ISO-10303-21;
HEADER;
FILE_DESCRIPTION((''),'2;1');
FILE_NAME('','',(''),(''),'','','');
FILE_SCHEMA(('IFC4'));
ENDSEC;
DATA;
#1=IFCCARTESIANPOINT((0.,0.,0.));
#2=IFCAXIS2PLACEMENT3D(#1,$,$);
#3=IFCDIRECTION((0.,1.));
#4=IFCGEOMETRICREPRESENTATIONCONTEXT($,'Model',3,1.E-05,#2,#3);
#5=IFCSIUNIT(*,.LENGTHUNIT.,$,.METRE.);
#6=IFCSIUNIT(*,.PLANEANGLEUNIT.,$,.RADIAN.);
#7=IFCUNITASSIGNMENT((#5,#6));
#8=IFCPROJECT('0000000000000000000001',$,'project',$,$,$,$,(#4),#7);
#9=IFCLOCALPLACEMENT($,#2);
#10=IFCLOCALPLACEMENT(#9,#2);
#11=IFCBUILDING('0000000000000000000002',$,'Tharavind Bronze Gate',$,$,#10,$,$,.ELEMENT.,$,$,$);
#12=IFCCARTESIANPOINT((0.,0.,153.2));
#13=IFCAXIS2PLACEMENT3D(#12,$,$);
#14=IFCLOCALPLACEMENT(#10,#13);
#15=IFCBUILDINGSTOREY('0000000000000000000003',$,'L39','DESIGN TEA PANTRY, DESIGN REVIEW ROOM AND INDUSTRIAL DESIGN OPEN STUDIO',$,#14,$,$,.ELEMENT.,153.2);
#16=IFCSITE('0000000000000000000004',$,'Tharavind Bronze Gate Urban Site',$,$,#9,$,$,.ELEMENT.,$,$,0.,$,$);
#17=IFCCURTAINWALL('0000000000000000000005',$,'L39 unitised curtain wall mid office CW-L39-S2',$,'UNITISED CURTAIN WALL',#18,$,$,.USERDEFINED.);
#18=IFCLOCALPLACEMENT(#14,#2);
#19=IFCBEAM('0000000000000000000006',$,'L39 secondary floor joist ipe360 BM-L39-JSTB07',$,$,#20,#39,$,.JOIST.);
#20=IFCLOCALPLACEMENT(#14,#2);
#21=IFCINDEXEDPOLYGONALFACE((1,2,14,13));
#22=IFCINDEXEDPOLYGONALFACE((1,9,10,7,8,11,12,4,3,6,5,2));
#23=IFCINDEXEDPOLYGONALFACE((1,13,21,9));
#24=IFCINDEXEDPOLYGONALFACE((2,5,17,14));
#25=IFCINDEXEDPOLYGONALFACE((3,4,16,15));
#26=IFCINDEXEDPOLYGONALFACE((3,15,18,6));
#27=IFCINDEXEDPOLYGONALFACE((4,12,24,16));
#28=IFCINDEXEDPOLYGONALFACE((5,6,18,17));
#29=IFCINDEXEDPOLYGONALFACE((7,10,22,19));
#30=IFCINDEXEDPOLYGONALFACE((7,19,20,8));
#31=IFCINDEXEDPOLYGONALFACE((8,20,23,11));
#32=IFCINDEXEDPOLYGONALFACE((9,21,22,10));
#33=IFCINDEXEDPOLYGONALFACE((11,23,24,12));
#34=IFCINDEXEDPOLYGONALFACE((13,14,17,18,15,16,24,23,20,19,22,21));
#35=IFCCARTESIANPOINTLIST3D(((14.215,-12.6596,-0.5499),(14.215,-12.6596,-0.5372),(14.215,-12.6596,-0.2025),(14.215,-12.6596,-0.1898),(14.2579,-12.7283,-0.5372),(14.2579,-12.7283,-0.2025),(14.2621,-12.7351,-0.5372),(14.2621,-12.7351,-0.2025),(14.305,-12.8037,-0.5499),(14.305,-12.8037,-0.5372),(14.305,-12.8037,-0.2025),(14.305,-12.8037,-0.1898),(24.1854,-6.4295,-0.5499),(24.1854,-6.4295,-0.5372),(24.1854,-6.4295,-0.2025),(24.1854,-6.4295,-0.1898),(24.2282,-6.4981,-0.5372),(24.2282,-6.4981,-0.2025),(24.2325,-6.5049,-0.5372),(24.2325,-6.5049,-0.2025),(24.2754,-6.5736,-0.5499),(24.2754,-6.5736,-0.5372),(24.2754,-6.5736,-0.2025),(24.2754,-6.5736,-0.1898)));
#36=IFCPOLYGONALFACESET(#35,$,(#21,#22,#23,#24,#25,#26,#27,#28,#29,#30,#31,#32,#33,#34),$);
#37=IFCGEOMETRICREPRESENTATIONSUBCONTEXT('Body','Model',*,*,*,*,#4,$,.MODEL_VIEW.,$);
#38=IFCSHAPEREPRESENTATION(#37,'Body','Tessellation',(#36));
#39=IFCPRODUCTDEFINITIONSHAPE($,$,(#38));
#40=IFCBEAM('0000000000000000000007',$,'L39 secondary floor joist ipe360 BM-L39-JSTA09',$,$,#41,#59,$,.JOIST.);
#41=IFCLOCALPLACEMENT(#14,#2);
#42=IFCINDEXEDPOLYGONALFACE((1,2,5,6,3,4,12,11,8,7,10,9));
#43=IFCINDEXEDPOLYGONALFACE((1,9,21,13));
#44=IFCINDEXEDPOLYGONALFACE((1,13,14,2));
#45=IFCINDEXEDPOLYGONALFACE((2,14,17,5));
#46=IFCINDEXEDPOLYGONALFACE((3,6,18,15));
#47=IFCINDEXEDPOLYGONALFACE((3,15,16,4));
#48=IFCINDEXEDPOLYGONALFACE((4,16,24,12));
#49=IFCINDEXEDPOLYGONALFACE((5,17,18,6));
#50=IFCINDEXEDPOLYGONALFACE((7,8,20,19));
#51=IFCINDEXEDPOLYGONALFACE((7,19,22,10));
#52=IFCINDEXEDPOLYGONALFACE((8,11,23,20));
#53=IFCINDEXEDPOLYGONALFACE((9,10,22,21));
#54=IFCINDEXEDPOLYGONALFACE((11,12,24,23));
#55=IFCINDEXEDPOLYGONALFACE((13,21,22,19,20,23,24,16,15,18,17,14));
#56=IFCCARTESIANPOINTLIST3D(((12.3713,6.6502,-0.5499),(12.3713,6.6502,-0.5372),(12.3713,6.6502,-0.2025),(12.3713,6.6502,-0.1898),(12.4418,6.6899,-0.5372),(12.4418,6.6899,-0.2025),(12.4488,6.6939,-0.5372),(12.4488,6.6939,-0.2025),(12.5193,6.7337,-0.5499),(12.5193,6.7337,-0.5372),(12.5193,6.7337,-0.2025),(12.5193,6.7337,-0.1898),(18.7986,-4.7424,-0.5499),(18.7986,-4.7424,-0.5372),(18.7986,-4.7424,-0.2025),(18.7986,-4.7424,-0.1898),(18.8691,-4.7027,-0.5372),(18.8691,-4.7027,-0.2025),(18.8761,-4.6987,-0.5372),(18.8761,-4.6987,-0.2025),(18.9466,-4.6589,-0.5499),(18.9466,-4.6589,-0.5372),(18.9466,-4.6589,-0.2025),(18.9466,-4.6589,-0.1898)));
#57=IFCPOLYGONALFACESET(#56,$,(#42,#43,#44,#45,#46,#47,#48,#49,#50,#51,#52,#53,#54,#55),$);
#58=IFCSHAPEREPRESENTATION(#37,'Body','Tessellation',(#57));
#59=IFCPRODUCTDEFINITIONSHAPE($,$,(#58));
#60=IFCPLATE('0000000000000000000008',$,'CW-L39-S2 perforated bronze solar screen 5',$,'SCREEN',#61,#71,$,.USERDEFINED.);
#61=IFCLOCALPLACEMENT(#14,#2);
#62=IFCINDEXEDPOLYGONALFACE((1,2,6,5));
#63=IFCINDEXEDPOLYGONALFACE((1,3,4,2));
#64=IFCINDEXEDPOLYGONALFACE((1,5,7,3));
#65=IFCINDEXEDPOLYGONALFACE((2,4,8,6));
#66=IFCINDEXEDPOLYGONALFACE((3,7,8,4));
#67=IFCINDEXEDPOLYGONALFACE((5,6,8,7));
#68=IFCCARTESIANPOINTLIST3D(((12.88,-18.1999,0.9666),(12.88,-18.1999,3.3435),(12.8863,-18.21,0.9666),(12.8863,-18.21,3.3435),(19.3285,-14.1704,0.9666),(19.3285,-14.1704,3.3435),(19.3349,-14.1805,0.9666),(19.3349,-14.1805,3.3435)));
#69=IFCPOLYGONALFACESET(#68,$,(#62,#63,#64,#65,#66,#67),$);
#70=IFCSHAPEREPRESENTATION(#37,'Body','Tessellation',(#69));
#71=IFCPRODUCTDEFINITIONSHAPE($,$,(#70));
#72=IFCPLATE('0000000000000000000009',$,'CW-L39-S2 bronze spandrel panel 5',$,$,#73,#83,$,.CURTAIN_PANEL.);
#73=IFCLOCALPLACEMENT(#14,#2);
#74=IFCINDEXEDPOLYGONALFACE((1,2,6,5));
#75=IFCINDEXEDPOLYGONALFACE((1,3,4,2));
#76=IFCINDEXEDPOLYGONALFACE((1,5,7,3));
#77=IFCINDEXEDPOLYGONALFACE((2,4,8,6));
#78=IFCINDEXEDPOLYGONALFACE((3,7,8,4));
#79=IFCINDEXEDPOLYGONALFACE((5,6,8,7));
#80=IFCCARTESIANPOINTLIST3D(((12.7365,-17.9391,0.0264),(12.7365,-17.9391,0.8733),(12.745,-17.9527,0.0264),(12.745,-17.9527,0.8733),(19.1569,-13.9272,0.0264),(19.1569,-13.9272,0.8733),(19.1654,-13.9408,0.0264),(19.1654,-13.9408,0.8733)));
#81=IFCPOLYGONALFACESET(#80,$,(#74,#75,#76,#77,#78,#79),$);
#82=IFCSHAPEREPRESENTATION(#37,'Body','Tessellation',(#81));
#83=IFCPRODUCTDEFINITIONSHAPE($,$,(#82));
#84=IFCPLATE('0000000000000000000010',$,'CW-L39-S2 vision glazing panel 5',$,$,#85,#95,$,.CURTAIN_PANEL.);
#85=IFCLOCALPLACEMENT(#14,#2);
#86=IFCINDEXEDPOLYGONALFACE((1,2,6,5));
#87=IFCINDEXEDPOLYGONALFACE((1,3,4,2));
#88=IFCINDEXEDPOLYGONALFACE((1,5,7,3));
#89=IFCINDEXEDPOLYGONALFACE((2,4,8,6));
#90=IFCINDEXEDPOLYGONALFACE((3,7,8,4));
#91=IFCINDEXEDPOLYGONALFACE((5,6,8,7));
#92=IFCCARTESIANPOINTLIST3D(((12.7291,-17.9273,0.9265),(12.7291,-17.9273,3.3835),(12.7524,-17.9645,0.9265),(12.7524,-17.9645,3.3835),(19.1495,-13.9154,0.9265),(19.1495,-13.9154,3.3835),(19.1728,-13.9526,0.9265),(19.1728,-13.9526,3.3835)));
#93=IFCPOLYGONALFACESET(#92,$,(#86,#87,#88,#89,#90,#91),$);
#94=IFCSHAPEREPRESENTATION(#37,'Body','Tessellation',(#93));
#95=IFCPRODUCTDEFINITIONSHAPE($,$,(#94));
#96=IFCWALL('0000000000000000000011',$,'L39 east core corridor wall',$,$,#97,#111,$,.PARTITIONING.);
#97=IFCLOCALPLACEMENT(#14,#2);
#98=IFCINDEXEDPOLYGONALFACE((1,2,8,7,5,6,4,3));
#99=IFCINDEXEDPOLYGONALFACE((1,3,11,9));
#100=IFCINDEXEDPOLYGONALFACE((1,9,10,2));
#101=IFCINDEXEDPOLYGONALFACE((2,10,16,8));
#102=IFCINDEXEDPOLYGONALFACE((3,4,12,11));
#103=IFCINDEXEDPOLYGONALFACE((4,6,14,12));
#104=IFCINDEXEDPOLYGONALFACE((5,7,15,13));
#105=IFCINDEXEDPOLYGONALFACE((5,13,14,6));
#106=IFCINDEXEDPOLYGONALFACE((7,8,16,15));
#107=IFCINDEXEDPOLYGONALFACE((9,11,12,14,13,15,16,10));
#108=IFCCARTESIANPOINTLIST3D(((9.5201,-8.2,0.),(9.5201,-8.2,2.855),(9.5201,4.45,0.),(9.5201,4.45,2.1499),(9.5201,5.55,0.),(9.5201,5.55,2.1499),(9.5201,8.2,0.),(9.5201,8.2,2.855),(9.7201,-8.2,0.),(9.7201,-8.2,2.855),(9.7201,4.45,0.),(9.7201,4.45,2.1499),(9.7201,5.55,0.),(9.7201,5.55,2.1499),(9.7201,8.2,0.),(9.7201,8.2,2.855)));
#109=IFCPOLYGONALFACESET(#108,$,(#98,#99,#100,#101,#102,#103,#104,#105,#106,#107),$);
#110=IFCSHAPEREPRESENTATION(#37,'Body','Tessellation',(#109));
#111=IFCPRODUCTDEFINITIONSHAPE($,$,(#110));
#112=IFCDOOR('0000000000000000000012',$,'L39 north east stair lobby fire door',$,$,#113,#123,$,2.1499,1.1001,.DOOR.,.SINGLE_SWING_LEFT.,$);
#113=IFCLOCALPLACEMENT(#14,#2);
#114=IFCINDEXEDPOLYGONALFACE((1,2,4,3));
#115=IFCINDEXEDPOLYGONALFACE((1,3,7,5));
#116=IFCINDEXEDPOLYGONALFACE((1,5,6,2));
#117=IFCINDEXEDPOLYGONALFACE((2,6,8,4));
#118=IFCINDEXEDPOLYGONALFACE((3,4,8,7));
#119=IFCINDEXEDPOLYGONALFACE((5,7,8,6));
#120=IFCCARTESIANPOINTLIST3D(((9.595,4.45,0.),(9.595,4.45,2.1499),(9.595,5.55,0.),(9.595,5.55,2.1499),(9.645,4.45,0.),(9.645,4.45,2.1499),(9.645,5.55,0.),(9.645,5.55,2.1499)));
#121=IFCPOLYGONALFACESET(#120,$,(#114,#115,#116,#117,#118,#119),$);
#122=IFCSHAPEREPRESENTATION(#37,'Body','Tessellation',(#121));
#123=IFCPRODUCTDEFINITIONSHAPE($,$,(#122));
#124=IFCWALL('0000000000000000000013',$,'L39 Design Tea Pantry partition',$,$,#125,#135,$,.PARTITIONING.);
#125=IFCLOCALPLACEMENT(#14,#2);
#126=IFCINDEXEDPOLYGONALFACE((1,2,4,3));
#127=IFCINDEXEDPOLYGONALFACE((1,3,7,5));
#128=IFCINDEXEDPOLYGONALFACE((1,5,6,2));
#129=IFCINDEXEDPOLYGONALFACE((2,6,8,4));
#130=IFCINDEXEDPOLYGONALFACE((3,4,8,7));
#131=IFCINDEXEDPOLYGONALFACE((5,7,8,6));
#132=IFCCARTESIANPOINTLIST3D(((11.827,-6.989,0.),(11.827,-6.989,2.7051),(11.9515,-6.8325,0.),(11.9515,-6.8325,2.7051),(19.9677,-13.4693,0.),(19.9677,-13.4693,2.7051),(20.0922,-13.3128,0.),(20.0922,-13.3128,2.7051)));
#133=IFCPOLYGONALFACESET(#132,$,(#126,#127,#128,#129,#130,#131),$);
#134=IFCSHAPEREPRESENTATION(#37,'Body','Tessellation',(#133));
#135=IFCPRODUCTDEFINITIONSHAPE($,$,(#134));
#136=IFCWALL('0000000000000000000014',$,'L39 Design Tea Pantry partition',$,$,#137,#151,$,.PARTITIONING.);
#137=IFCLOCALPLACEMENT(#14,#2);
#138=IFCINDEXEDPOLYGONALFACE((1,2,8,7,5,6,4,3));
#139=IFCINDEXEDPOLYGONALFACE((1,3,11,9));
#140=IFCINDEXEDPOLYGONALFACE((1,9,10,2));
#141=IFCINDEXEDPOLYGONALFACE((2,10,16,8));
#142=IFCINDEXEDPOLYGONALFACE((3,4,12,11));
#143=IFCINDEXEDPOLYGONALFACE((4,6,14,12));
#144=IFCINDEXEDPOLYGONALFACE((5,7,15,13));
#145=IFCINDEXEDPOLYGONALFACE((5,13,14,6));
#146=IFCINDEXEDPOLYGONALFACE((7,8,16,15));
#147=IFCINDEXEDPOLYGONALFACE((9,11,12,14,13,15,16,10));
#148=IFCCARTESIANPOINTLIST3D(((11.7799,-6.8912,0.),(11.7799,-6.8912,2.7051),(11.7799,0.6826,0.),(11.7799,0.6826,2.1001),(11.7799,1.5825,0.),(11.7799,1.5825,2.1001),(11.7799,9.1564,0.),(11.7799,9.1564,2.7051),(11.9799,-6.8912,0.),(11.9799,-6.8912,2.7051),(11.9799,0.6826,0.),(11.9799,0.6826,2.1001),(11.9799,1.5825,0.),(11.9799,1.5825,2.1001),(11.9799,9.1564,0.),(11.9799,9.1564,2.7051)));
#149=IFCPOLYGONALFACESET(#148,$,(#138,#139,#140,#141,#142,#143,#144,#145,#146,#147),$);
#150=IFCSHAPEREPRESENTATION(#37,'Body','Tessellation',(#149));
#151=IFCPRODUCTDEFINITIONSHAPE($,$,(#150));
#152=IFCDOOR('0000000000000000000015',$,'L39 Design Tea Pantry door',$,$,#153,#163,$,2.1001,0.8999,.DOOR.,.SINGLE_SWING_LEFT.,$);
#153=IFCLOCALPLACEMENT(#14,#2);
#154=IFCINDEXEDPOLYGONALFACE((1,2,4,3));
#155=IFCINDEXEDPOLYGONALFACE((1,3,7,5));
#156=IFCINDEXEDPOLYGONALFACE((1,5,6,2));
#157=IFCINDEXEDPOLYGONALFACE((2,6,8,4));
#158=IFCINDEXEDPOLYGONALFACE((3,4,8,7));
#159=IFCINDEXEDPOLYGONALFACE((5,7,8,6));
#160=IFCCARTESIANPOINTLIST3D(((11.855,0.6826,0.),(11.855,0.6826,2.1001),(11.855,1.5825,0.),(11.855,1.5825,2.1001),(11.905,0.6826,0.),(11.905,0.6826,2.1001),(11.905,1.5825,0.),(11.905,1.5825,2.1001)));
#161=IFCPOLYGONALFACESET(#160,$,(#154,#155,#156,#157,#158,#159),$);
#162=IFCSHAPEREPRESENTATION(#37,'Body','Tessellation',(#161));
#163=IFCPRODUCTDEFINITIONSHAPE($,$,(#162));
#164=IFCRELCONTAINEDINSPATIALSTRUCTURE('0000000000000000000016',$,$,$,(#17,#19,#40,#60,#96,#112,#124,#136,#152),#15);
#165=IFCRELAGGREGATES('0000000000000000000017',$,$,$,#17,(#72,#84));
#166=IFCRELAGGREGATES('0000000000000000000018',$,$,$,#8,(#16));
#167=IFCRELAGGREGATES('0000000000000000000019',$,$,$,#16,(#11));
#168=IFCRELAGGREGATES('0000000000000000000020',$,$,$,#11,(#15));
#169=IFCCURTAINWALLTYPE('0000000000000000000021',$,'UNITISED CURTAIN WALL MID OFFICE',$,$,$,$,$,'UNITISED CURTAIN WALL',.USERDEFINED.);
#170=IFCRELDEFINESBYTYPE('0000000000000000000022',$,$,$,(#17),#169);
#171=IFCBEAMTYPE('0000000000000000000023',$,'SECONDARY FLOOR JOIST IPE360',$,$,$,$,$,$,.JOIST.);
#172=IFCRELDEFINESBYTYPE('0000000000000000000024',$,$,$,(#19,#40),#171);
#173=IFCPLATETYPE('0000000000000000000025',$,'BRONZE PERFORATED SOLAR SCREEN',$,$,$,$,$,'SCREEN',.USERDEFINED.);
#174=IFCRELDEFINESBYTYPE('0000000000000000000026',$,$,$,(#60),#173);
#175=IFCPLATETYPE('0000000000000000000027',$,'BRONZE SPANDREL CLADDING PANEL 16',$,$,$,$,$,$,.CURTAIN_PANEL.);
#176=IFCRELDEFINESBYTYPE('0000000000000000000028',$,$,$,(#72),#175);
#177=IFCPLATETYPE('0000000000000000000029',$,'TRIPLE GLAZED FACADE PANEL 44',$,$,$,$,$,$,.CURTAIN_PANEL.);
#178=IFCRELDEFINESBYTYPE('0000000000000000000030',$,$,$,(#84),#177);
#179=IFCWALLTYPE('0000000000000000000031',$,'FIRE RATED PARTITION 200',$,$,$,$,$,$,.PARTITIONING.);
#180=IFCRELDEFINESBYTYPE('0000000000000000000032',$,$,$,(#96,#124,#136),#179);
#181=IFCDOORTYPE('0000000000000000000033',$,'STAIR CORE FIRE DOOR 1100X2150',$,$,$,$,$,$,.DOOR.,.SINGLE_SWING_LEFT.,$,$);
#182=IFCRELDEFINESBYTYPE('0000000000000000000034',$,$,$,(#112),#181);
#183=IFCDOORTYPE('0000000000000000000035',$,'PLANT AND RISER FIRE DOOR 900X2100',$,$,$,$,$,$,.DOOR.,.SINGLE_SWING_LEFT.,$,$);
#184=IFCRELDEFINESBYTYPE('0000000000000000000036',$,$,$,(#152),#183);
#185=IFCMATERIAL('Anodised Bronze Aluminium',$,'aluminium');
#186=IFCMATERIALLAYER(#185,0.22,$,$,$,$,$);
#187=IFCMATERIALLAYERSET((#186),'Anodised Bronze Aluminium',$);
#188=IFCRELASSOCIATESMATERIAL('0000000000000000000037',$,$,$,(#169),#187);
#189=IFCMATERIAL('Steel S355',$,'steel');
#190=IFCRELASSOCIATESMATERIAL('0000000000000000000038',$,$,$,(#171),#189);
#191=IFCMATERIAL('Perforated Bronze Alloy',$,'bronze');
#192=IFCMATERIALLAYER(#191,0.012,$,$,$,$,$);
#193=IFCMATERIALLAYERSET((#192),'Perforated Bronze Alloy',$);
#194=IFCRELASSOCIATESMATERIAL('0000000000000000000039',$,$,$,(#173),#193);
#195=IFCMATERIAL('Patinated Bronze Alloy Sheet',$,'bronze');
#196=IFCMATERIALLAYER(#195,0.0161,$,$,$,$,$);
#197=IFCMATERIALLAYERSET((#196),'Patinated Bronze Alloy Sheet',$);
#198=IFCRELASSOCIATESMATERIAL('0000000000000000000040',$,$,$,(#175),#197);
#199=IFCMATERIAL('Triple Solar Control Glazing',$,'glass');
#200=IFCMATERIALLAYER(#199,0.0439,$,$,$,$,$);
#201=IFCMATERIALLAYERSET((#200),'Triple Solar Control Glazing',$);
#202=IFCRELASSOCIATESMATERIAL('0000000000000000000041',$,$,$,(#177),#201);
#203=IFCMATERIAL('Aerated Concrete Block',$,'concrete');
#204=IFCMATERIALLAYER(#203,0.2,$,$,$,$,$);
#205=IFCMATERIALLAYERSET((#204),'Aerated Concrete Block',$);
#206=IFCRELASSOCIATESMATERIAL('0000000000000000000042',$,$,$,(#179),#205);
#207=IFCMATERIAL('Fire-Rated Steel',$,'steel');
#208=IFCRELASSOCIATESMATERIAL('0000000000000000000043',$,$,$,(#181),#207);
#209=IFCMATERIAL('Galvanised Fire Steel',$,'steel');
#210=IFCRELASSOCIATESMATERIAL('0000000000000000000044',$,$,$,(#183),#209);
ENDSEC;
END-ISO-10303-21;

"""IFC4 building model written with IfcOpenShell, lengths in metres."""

from ifc_helpers import new_model, si_unit, direction, frame, frame_2d, origin, origin_2d, place, context, subcontext, project, spatial, rectangle, i_section, extrude, material, layer, layer_set, material_profile, profile_set, type_object, element, fill, aggregate, save


model = new_model("IFC4")

# Units and contexts
model_context = context("Model", 3, precision=1e-05, world=origin(), true_north=direction((0.0, 1.0)))
body_context = subcontext(model_context, "Body", "Model", "MODEL_VIEW")
ifc_project = project(units=[si_unit("LENGTHUNIT", "METRE"), si_unit("PLANEANGLEUNIT", "RADIAN")], contexts=[model_context])

# Site, building, storey
site_placement = place(None, origin())
site = spatial("IfcSite", under=ifc_project, at=site_placement, Name="Tharavind Bronze Gate Urban Site", CompositionType="ELEMENT", RefElevation=0.0)
building_placement = place(site_placement, origin())
building = spatial("IfcBuilding", under=site, at=building_placement, Name="Tharavind Bronze Gate", CompositionType="ELEMENT")
storey_placement = place(building_placement, frame((0.0, 0.0, 153.2)))
storey = spatial("IfcBuildingStorey", under=building, at=storey_placement, Name="L39", Description="DESIGN TEA PANTRY, DESIGN REVIEW ROOM AND INDUSTRIAL DESIGN OPEN STUDIO", CompositionType="ELEMENT", Elevation=153.2)

# Curtain wall
ifc_material_1 = material(Name="Anodised Bronze Aluminium", Category="aluminium")
ifc_layer_1 = layer(ifc_material_1, 0.22)
ifc_layer_set_1 = layer_set([ifc_layer_1], Name="Anodised Bronze Aluminium")
curtain_wall_type = type_object("IfcCurtainWallType", Name="UNITISED CURTAIN WALL MID OFFICE", ElementType="UNITISED CURTAIN WALL", PredefinedType="USERDEFINED", material=ifc_layer_set_1)
curtain_wall_placement = place(storey_placement, origin())
curtain_wall = element("IfcCurtainWall", 1, at=curtain_wall_placement, inside=storey, type_object=curtain_wall_type, Name="L39 unitised curtain wall mid office CW-L39-S2", ObjectType="UNITISED CURTAIN WALL", PredefinedType="USERDEFINED")

# Beams
ifc_material_2 = material(Name="Steel S355", Category="steel")
ifc_material_profile_1 = material_profile(ifc_material_2, i_section(OverallWidth=0.1699, OverallDepth=0.3601, WebThickness=0.0081, FlangeThickness=0.0127, at=origin_2d()), Name="IPE360")
ifc_profile_set_1 = profile_set([ifc_material_profile_1], Name="Steel S355")
beam_type_1 = type_object("IfcBeamType", Name="SECONDARY FLOOR JOIST IPE360", PredefinedType="JOIST", material=ifc_profile_set_1)
beam_1_placement = place(storey_placement, frame((14.26, -12.7317, -0.3699), z_axis=(0.848048, 0.529919, 0.0), x_axis=(-0.529919, 0.848048, 0.0)))
element("IfcBeam", 2, at=beam_1_placement, inside=storey, type_object=beam_type_1, Name="L39 secondary floor joist ipe360 BM-L39-JSTB07", PredefinedType="JOIST", context=body_context, shape_type="SweptSolid", body=[
    extrude(i_section(OverallWidth=0.1699, OverallDepth=0.3601, WebThickness=0.0081, FlangeThickness=0.0127, at=origin_2d()), origin(), (0.0, 0.0, 1.0), 11.7568),
])
beam_2_placement = place(storey_placement, frame((18.8726, -4.7007, -0.3699), z_axis=(-0.49136, 0.870957, 0.0), x_axis=(-0.870957, -0.49136, 0.0)))
element("IfcBeam", 3, at=beam_2_placement, inside=storey, type_object=beam_type_1, Name="L39 secondary floor joist ipe360 BM-L39-JSTA09", PredefinedType="JOIST", context=body_context, shape_type="SweptSolid", body=[
    extrude(i_section(OverallWidth=0.1699, OverallDepth=0.3601, WebThickness=0.0081, FlangeThickness=0.0127, at=origin_2d()), origin(), (0.0, 0.0, 1.0), 13.0806),
])

# Plates
ifc_material_3 = material(Name="Perforated Bronze Alloy", Category="bronze")
ifc_layer_2 = layer(ifc_material_3, 0.012)
ifc_layer_set_2 = layer_set([ifc_layer_2], Name="Perforated Bronze Alloy")
plate_type_1 = type_object("IfcPlateType", Name="BRONZE PERFORATED SOLAR SCREEN", ElementType="SCREEN", PredefinedType="USERDEFINED", material=ifc_layer_set_2)
plate_1_placement = place(storey_placement, frame((16.1074, -16.1902, 0.9666), z_axis=(0.0, 0.0, 1.0), x_axis=(0.848048, 0.529919, 0.0)))
element("IfcPlate", 4, at=plate_1_placement, inside=storey, type_object=plate_type_1, Name="CW-L39-S2 perforated bronze solar screen 5", ObjectType="SCREEN", PredefinedType="USERDEFINED", context=body_context, shape_type="SweptSolid", body=[
    extrude(rectangle(XDim=7.604, YDim=0.012, at=origin_2d()), origin(), (0.0, 0.0, 1.0), 2.377),
])
ifc_material_4 = material(Name="Patinated Bronze Alloy Sheet", Category="bronze")
ifc_layer_3 = layer(ifc_material_4, 0.0161)
ifc_layer_set_3 = layer_set([ifc_layer_3], Name="Patinated Bronze Alloy Sheet")
plate_type_2 = type_object("IfcPlateType", Name="BRONZE SPANDREL CLADDING PANEL 16", PredefinedType="CURTAIN_PANEL", material=ifc_layer_set_3)
plate_2_placement = place(storey_placement, frame((15.9509, -15.9399, 0.0264), z_axis=(0.0, 0.0, 1.0), x_axis=(0.848048, 0.529919, 0.0)))
plate_2 = element("IfcPlate", 5, at=plate_2_placement, type_object=plate_type_2, Name="CW-L39-S2 bronze spandrel panel 5", PredefinedType="CURTAIN_PANEL", context=body_context, shape_type="SweptSolid", body=[
    extrude(rectangle(XDim=7.5708, YDim=0.0161, at=origin_2d()), origin(), (0.0, 0.0, 1.0), 0.8469),
])
ifc_material_5 = material(Name="Triple Solar Control Glazing", Category="glass")
ifc_layer_4 = layer(ifc_material_5, 0.0439)
ifc_layer_set_4 = layer_set([ifc_layer_4], Name="Triple Solar Control Glazing")
plate_type_3 = type_object("IfcPlateType", Name="TRIPLE GLAZED FACADE PANEL 44", PredefinedType="CURTAIN_PANEL", material=ifc_layer_set_4)
plate_3_placement = place(storey_placement, frame((15.9509, -15.9399, 0.9265), z_axis=(0.0, 0.0, 1.0), x_axis=(0.848048, 0.529919, 0.0)))
plate_3 = element("IfcPlate", 6, at=plate_3_placement, type_object=plate_type_3, Name="CW-L39-S2 vision glazing panel 5", PredefinedType="CURTAIN_PANEL", context=body_context, shape_type="SweptSolid", body=[
    extrude(rectangle(XDim=7.5708, YDim=0.0439, at=origin_2d()), origin(), (0.0, 0.0, 1.0), 2.457),
])
aggregate(curtain_wall, [plate_2, plate_3])

# Wall, opening, door
ifc_material_6 = material(Name="Aerated Concrete Block", Category="concrete")
ifc_layer_5 = layer(ifc_material_6, 0.2)
ifc_layer_set_5 = layer_set([ifc_layer_5], Name="Aerated Concrete Block")
wall_type = type_object("IfcWallType", Name="FIRE RATED PARTITION 200", PredefinedType="PARTITIONING", material=ifc_layer_set_5)
wall_1_placement = place(storey_placement, frame((9.6201, -8.2, 0.0), z_axis=(0.0, 0.0, 1.0), x_axis=(0.0, 1.0, 0.0)))
wall_1 = element("IfcWall", 7, at=wall_1_placement, inside=storey, type_object=wall_type, Name="L39 east core corridor wall", PredefinedType="PARTITIONING", context=body_context, shape_type="SweptSolid", body=[
    extrude(rectangle(XDim=16.3999, YDim=0.2, at=frame_2d((8.2, 0.0))), origin(), (0.0, 0.0, 1.0), 2.855),
])
opening_1_placement = place(wall_1_placement, frame((12.6499, 0.0, 0.0)))
opening_1 = element("IfcOpeningElement", 8, at=opening_1_placement, cuts=wall_1, PredefinedType="OPENING", context=body_context, shape_type="SweptSolid", body=[
    extrude(rectangle(XDim=1.1001, YDim=2.1499, at=frame_2d((0.55, 1.075))), frame((0.0, 0.1101, 0.0), z_axis=(0.0, -1.0, 0.0), x_axis=(1.0, 0.0, 0.0)), (0.0, 0.0, 1.0), 0.22),
])
ifc_material_7 = material(Name="Fire-Rated Steel", Category="steel")
door_type_1 = type_object("IfcDoorType", Name="STAIR CORE FIRE DOOR 1100X2150", OperationType="SINGLE_SWING_LEFT", PredefinedType="DOOR", material=ifc_material_7)
door_1_placement = place(opening_1_placement, frame((1.1001, 0.0, 0.0), z_axis=(0.0, 0.0, 1.0), x_axis=(-1.0, 0.0, 0.0)))
door_1 = element("IfcDoor", 9, at=door_1_placement, inside=storey, type_object=door_type_1, Name="L39 north east stair lobby fire door", OperationType="SINGLE_SWING_LEFT", OverallHeight=2.1499, OverallWidth=1.1001, PredefinedType="DOOR", context=body_context, shape_type="SweptSolid", body=[
    extrude(rectangle(XDim=1.1001, YDim=2.1499, at=frame_2d((0.55, 1.075))), frame((0.0, 0.0249, 0.0), z_axis=(0.0, -1.0, 0.0), x_axis=(1.0, 0.0, 0.0)), (0.0, 0.0, 1.0), 0.05),
])
fill(opening_1, door_1)

# Wall
wall_2_placement = place(storey_placement, frame((20.03, -13.3911, 0.0), z_axis=(0.0, 0.0, 1.0), x_axis=(-0.78238, 0.622802, 0.0)))
element("IfcWall", 10, at=wall_2_placement, inside=storey, type_object=wall_type, Name="L39 Design Tea Pantry partition", PredefinedType="PARTITIONING", context=body_context, shape_type="SweptSolid", body=[
    extrude(rectangle(XDim=10.405, YDim=0.2, at=frame_2d((5.2026, 0.0))), origin(), (0.0, 0.0, 1.0), 2.7051),
])

# Wall, opening, door
wall_3_placement = place(storey_placement, frame((11.8799, -6.8914, 0.0), z_axis=(0.0, 0.0, 1.0), x_axis=(0.0, 1.0, 0.0)))
wall_3 = element("IfcWall", 11, at=wall_3_placement, inside=storey, type_object=wall_type, Name="L39 Design Tea Pantry partition", PredefinedType="PARTITIONING", context=body_context, shape_type="SweptSolid", body=[
    extrude(rectangle(XDim=16.0476, YDim=0.2, at=frame_2d((8.0239, 0.0))), origin(), (0.0, 0.0, 1.0), 2.7051),
])
opening_2_placement = place(wall_3_placement, frame((7.574, 0.0, 0.0)))
opening_2 = element("IfcOpeningElement", 12, at=opening_2_placement, cuts=wall_3, PredefinedType="OPENING", context=body_context, shape_type="SweptSolid", body=[
    extrude(rectangle(XDim=0.8999, YDim=2.1001, at=frame_2d((0.45, 1.05))), frame((0.0, 0.1101, 0.0), z_axis=(0.0, -1.0, 0.0), x_axis=(1.0, 0.0, 0.0)), (0.0, 0.0, 1.0), 0.22),
])
ifc_material_8 = material(Name="Galvanised Fire Steel", Category="steel")
door_type_2 = type_object("IfcDoorType", Name="PLANT AND RISER FIRE DOOR 900X2100", OperationType="SINGLE_SWING_LEFT", PredefinedType="DOOR", material=ifc_material_8)
door_2_placement = place(opening_2_placement, origin())
door_2 = element("IfcDoor", 13, at=door_2_placement, inside=storey, type_object=door_type_2, Name="L39 Design Tea Pantry door", OperationType="SINGLE_SWING_LEFT", OverallHeight=2.1001, OverallWidth=0.8999, PredefinedType="DOOR", context=body_context, shape_type="SweptSolid", body=[
    extrude(rectangle(XDim=0.8999, YDim=2.1001, at=frame_2d((0.45, 1.05))), frame((0.0, 0.0249, 0.0), z_axis=(0.0, -1.0, 0.0), x_axis=(1.0, 0.0, 0.0)), (0.0, 0.0, 1.0), 0.05),
])
fill(opening_2, door_2)

save(model, "model.ifc")
